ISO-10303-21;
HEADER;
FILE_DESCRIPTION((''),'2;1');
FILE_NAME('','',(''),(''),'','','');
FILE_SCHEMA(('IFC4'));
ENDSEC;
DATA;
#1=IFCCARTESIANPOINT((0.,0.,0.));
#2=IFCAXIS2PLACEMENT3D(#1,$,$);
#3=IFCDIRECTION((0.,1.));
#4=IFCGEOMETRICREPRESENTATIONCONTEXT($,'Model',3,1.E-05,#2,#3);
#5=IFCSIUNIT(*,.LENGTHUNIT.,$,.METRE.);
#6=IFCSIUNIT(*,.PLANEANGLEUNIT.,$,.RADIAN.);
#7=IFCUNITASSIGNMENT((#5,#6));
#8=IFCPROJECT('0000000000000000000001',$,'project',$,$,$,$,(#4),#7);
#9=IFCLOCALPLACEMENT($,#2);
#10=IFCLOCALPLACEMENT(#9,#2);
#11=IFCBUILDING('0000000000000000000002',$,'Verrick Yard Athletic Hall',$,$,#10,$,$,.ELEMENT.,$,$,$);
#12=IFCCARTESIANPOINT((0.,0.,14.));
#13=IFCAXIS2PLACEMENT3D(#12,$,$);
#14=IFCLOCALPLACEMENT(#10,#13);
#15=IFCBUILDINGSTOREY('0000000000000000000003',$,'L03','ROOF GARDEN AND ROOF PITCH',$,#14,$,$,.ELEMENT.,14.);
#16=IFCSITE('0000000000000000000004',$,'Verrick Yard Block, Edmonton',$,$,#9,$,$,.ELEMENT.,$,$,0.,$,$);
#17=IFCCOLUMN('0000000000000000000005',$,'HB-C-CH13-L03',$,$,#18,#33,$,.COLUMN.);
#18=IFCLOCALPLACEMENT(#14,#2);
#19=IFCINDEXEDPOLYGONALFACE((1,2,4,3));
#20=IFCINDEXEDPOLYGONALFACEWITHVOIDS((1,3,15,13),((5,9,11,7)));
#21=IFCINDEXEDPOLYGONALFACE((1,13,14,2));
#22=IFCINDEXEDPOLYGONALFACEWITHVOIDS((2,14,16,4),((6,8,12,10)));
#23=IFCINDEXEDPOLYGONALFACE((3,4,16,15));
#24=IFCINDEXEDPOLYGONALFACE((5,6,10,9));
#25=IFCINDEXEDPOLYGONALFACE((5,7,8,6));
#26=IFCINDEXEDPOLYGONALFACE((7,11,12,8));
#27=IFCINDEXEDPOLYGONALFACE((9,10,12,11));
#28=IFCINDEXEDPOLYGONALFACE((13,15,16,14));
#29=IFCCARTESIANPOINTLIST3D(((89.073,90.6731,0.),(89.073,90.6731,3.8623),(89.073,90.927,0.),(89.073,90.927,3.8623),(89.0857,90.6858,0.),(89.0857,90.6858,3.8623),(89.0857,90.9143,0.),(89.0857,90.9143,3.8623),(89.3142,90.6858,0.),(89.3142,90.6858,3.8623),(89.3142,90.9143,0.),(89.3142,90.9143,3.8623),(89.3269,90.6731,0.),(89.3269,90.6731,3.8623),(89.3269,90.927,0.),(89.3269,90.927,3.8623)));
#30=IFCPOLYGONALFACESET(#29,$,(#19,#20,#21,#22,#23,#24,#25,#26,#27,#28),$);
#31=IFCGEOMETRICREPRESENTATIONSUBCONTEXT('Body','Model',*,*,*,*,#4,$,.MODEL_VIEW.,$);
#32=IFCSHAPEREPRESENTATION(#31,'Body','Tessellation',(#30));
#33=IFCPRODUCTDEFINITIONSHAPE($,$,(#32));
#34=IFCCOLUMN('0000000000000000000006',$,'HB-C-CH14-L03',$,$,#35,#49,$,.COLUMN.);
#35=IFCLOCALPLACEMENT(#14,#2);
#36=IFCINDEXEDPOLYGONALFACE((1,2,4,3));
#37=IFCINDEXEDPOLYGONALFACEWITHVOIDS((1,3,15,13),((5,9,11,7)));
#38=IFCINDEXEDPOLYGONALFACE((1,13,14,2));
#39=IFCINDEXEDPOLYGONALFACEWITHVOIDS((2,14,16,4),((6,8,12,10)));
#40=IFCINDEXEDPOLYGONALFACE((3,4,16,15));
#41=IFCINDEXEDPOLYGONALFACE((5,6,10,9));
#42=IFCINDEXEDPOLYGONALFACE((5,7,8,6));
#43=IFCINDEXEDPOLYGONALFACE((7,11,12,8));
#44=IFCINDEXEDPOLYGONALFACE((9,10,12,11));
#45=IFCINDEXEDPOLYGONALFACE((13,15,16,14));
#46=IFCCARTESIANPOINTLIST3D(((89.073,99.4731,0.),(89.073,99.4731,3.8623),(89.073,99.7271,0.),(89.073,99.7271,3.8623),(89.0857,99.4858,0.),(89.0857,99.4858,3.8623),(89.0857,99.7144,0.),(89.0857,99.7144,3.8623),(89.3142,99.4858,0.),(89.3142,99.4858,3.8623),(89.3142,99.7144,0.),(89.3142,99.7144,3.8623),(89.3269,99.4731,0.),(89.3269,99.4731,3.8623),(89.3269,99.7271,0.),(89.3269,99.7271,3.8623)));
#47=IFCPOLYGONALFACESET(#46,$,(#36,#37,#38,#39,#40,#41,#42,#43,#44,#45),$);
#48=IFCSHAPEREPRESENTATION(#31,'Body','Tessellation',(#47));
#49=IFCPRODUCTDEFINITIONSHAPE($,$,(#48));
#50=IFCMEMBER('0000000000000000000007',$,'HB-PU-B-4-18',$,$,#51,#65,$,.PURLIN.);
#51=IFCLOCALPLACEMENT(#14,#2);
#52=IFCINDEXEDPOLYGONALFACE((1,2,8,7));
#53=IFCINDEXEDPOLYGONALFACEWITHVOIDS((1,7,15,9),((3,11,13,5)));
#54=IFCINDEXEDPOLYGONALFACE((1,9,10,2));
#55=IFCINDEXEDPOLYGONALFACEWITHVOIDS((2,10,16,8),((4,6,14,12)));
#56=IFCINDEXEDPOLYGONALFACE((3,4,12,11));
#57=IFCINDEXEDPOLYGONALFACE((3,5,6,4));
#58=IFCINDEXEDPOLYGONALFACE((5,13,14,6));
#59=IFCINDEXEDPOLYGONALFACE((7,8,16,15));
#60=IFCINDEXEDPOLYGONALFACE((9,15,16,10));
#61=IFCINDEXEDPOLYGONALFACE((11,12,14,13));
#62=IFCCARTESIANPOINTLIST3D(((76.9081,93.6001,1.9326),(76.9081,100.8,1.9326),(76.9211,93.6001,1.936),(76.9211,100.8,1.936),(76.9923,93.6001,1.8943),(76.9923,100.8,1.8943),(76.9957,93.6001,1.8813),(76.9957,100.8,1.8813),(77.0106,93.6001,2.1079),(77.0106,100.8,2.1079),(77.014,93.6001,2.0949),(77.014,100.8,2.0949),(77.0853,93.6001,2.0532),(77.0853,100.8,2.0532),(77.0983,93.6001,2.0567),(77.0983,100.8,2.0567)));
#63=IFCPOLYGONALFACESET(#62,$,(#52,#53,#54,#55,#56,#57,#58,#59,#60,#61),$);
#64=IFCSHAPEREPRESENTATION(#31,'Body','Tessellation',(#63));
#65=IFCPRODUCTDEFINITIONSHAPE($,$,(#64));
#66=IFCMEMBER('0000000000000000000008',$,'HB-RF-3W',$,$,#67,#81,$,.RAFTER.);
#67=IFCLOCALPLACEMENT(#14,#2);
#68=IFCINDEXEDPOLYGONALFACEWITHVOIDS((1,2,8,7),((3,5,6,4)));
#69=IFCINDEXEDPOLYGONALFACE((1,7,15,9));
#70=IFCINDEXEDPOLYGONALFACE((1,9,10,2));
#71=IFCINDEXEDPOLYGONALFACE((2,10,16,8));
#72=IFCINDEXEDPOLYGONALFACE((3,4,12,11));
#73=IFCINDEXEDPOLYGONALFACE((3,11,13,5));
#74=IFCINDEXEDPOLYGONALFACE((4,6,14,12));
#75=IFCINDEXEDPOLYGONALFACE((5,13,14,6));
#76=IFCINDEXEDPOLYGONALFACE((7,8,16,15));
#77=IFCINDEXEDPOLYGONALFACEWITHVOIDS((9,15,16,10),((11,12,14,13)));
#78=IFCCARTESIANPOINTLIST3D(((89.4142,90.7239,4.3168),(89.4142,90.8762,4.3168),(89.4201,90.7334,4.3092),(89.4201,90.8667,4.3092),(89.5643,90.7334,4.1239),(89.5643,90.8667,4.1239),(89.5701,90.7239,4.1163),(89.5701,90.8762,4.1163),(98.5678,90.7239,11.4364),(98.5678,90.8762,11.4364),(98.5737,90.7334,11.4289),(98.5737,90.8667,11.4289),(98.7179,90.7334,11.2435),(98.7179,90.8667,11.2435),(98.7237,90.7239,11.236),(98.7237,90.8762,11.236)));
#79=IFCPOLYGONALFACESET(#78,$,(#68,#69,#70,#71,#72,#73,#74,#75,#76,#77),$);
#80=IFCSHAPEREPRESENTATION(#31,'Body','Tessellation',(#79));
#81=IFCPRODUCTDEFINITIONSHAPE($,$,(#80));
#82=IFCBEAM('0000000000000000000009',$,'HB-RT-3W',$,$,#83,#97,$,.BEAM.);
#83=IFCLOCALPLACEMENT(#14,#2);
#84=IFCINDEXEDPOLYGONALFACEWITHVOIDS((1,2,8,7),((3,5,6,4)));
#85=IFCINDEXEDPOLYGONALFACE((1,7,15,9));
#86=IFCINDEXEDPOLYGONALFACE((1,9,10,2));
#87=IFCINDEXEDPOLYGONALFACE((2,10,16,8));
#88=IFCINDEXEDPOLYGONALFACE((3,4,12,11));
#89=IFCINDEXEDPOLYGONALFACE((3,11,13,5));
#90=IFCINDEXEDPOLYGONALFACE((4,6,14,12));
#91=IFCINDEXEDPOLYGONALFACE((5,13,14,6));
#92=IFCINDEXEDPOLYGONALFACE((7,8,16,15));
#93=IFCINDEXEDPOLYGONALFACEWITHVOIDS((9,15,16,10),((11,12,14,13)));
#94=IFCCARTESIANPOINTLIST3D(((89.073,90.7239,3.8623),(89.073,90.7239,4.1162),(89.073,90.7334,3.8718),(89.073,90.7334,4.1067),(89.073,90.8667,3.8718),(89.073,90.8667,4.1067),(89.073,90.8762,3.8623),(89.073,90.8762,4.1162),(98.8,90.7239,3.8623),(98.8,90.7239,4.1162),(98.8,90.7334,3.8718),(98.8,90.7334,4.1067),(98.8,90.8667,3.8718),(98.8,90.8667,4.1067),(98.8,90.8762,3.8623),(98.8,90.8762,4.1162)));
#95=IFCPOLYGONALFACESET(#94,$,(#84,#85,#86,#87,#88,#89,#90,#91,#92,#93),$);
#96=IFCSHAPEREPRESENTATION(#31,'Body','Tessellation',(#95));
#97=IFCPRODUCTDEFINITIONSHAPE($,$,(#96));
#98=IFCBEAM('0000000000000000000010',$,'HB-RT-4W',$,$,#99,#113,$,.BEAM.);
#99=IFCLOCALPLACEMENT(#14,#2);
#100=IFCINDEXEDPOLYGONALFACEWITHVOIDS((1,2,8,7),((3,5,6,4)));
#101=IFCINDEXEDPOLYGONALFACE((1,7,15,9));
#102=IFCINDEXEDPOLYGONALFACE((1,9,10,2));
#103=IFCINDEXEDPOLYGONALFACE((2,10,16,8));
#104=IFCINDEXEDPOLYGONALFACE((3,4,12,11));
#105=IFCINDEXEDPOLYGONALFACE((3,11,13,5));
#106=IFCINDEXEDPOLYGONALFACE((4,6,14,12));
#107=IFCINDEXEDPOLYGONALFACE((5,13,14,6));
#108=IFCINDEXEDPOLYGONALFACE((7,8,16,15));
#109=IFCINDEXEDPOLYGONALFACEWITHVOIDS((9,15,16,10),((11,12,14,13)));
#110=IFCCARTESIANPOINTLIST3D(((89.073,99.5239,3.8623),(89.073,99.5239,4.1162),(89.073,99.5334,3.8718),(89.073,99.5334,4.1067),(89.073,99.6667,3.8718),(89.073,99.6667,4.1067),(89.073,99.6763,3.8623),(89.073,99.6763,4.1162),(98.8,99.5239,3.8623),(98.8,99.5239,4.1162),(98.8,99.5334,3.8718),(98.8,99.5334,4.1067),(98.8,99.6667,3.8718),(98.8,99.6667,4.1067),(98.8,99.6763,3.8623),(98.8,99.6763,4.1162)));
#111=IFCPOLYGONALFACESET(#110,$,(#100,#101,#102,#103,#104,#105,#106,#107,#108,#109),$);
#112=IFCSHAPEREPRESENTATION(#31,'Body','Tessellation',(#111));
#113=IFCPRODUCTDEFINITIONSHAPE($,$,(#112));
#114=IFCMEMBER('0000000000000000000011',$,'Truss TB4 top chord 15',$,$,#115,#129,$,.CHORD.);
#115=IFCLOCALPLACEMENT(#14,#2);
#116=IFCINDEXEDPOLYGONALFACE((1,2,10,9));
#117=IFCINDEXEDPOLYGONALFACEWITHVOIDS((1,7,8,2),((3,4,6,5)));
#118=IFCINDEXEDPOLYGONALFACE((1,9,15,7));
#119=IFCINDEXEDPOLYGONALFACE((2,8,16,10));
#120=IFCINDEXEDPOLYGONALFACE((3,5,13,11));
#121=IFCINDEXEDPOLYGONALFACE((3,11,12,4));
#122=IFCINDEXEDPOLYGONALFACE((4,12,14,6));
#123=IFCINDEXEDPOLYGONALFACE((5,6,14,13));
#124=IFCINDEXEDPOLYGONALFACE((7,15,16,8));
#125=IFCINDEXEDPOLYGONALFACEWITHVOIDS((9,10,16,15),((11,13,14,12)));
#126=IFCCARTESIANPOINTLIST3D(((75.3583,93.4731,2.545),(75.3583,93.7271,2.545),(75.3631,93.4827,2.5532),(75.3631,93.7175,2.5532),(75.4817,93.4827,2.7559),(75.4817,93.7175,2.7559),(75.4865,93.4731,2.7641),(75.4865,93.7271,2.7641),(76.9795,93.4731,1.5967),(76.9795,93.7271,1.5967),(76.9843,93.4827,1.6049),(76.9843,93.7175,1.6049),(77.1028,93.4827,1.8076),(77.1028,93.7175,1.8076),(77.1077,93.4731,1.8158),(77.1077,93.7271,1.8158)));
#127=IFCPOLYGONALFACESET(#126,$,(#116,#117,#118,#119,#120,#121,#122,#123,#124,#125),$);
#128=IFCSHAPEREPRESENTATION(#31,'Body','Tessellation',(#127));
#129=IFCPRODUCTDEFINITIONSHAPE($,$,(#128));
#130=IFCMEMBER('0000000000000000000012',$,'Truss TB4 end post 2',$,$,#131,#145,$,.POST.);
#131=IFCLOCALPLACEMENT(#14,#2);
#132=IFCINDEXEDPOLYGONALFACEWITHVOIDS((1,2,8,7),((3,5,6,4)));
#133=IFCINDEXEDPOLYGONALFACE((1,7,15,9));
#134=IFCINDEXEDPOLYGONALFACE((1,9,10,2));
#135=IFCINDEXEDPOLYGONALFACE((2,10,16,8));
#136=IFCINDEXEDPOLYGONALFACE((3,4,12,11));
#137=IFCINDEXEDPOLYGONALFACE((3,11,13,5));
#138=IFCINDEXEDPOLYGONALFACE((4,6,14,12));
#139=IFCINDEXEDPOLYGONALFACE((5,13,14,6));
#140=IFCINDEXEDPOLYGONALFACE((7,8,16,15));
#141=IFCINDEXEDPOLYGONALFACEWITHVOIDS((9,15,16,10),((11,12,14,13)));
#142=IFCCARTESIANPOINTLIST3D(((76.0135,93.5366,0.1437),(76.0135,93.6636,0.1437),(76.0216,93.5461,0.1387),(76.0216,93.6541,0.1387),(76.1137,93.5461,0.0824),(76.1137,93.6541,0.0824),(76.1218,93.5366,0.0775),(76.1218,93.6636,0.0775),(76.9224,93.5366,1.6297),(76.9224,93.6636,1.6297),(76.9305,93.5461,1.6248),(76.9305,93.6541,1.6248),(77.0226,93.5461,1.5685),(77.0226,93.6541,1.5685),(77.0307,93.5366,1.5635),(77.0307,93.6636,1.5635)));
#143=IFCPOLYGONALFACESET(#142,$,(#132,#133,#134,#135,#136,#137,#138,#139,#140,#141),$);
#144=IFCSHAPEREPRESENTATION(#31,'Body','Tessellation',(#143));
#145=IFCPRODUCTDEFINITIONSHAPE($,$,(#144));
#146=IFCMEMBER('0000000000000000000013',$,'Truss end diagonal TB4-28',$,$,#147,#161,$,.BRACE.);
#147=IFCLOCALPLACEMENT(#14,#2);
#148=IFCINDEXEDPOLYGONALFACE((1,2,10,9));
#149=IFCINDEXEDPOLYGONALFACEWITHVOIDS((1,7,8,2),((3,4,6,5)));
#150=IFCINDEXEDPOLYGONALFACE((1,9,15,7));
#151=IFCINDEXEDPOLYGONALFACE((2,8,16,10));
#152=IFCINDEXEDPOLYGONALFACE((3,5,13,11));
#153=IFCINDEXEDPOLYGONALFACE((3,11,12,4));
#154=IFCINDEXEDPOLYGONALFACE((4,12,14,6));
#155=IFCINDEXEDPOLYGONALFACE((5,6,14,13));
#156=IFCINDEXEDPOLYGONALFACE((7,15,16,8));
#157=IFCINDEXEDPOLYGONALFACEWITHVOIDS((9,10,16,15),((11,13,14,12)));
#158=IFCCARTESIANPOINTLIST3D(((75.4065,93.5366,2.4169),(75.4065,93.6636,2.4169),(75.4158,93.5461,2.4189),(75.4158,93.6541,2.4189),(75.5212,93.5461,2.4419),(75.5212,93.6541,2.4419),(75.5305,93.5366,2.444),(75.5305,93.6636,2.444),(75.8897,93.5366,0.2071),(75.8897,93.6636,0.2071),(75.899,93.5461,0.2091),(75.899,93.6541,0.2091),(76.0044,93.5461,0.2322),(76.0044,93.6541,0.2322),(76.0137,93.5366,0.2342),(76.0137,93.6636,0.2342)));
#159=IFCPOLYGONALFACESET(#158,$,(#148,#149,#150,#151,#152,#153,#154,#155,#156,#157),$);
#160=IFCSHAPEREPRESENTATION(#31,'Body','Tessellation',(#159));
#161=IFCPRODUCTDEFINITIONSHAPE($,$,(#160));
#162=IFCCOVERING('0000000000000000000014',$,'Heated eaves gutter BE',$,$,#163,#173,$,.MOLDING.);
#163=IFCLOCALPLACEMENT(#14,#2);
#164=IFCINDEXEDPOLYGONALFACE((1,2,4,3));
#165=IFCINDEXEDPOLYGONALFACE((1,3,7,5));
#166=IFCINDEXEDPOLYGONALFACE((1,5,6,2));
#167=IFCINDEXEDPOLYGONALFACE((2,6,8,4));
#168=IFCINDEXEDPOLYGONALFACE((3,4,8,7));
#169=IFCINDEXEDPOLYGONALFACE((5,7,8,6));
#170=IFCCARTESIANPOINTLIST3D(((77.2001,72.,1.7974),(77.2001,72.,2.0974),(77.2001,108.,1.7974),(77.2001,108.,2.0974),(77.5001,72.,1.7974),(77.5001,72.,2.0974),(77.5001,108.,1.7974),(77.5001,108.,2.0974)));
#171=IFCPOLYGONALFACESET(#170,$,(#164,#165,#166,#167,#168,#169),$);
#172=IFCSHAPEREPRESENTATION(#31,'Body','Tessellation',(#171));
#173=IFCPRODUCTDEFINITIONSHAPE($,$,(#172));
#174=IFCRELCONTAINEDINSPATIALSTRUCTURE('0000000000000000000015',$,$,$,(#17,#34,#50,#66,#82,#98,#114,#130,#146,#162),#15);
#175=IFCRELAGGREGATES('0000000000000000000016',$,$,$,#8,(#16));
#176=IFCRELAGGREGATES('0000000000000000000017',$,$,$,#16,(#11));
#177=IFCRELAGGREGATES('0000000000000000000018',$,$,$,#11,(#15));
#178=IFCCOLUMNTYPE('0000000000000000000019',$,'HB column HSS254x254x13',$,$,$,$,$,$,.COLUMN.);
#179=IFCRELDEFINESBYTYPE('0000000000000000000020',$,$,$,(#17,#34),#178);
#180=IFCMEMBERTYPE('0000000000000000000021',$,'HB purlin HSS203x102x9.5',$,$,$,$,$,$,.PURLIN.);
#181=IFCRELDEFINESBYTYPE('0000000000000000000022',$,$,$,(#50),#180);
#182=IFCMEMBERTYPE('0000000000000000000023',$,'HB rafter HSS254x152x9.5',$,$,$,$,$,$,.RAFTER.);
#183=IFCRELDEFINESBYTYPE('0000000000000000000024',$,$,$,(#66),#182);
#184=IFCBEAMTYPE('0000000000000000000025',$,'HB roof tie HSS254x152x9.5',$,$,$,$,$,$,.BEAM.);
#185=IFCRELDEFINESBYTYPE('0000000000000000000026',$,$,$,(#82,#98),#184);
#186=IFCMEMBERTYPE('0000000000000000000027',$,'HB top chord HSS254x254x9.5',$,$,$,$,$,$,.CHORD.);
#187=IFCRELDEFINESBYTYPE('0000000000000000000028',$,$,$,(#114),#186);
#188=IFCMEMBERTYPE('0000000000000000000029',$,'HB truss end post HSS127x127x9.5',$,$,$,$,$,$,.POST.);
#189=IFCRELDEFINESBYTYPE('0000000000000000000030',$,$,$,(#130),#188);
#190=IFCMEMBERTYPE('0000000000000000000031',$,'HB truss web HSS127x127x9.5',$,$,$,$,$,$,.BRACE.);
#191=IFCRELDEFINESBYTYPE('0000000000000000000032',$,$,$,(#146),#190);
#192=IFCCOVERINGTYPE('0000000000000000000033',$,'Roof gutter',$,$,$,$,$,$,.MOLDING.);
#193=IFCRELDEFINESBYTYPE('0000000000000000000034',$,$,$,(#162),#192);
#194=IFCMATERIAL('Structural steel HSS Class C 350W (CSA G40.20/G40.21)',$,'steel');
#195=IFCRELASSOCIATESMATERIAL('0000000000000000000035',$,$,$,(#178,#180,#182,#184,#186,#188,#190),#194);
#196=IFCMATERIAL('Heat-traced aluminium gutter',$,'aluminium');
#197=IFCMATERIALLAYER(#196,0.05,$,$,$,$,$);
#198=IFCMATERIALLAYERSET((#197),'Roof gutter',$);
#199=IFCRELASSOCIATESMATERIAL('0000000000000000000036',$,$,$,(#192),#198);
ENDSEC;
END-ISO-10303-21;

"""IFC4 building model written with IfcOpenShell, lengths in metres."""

from ifc_helpers import new_model, si_unit, direction, frame, origin, origin_2d, place, context, subcontext, project, spatial, rectangle, hollow_rectangle, extrude, material, layer, layer_set, material_profile, profile_set, type_object, element, save


model = new_model("IFC4")

# Units and contexts
model_context = context("Model", 3, precision=1e-05, world=origin(), true_north=direction((0.0, 1.0)))
body_context = subcontext(model_context, "Body", "Model", "MODEL_VIEW")
ifc_project = project(units=[si_unit("LENGTHUNIT", "METRE"), si_unit("PLANEANGLEUNIT", "RADIAN")], contexts=[model_context])

# Site, building, storey
site_placement = place(None, origin())
site = spatial("IfcSite", under=ifc_project, at=site_placement, Name="Verrick Yard Block, Edmonton", CompositionType="ELEMENT", RefElevation=0.0)
building_placement = place(site_placement, origin())
building = spatial("IfcBuilding", under=site, at=building_placement, Name="Verrick Yard Athletic Hall", CompositionType="ELEMENT")
storey_placement = place(building_placement, frame((0.0, 0.0, 14.0)))
storey = spatial("IfcBuildingStorey", under=building, at=storey_placement, Name="L03", Description="ROOF GARDEN AND ROOF PITCH", CompositionType="ELEMENT", Elevation=14.0)

# Columns
ifc_material_1 = material(Name="Structural steel HSS Class C 350W (CSA G40.20/G40.21)", Category="steel")
ifc_material_profile_1 = material_profile(ifc_material_1, hollow_rectangle(XDim=0.2539, YDim=0.2539, WallThickness=0.0127, at=origin_2d()), Name="HSS254x254x13")
ifc_profile_set_1 = profile_set([ifc_material_profile_1], Name="Structural steel HSS Class C 350W (CSA G40.20/G40.21)")
column_type = type_object("IfcColumnType", Name="HB column HSS254x254x13", PredefinedType="COLUMN", material=ifc_profile_set_1)
for number, where, z_axis, x_axis, name in (
    (1, (89.2, 90.8, 0.0), (0.0, 0.0, 1.0), (1.0, 0.0, 0.0), "HB-C-CH13-L03"),
    (2, (89.2, 99.6001, 0.0), (0.0, 0.0, 1.0), (1.0, 0.0, 0.0), "HB-C-CH14-L03"),
):
    element("IfcColumn", number, at=place(storey_placement, frame(where, z_axis=z_axis, x_axis=x_axis)), inside=storey, type_object=column_type, Name=name, PredefinedType="COLUMN", context=body_context, shape_type="SweptSolid", body=[
        extrude(hollow_rectangle(XDim=0.2539, YDim=0.2539, WallThickness=0.0127, at=origin_2d()), origin(), (0.0, 0.0, 1.0), 3.8623),
    ])

# Members
ifc_material_profile_2 = material_profile(ifc_material_1, hollow_rectangle(XDim=0.1016, YDim=0.2031, WallThickness=0.0095, at=origin_2d()), Name="HSS203x102x9.5")
ifc_profile_set_2 = profile_set([ifc_material_profile_2], Name="Structural steel HSS Class C 350W (CSA G40.20/G40.21)")
member_type_1 = type_object("IfcMemberType", Name="HB purlin HSS203x102x9.5", PredefinedType="PURLIN", material=ifc_profile_set_2)
member_1_placement = place(storey_placement, frame((77.0032, 93.6001, 1.9946), z_axis=(0.0, 1.0, 0.0), x_axis=(-0.863168, 0.0, 0.504917)))
element("IfcMember", 3, at=member_1_placement, inside=storey, type_object=member_type_1, Name="HB-PU-B-4-18", PredefinedType="PURLIN", context=body_context, shape_type="SweptSolid", body=[
    extrude(hollow_rectangle(XDim=0.1016, YDim=0.2031, WallThickness=0.0095, at=origin_2d()), origin(), (0.0, 0.0, 1.0), 7.2),
])
ifc_material_profile_3 = material_profile(ifc_material_1, hollow_rectangle(XDim=0.1523, YDim=0.2539, WallThickness=0.0095, at=origin_2d()), Name="HSS254x152x9.5")
ifc_profile_set_3 = profile_set([ifc_material_profile_3], Name="Structural steel HSS Class C 350W (CSA G40.20/G40.21)")
member_type_2 = type_object("IfcMemberType", Name="HB rafter HSS254x152x9.5", PredefinedType="RAFTER", material=ifc_profile_set_3)
member_2_placement = place(storey_placement, frame((89.4922, 90.8, 4.2166), z_axis=(0.789344, 0.0, 0.613951), x_axis=(0.0, 1.0, 0.0)))
element("IfcMember", 4, at=member_2_placement, inside=storey, type_object=member_type_2, Name="HB-RF-3W", PredefinedType="RAFTER", context=body_context, shape_type="SweptSolid", body=[
    extrude(hollow_rectangle(XDim=0.1523, YDim=0.2539, WallThickness=0.0095, at=origin_2d()), origin(), (0.0, 0.0, 1.0), 11.5964),
])

# Beams
ifc_material_profile_4 = material_profile(ifc_material_1, hollow_rectangle(XDim=0.1523, YDim=0.2539, WallThickness=0.0095, at=origin_2d()), Name="HSS254x152x9.5")
ifc_profile_set_4 = profile_set([ifc_material_profile_4], Name="Structural steel HSS Class C 350W (CSA G40.20/G40.21)")
beam_type = type_object("IfcBeamType", Name="HB roof tie HSS254x152x9.5", PredefinedType="BEAM", material=ifc_profile_set_4)
for number, where, z_axis, x_axis, name in (
    (5, (89.073, 90.8, 3.9893), (1.0, 0.0, 0.0), (0.0, 1.0, 0.0), "HB-RT-3W"),
    (6, (89.073, 99.6001, 3.9893), (1.0, 0.0, 0.0), (0.0, 1.0, 0.0), "HB-RT-4W"),
):
    element("IfcBeam", number, at=place(storey_placement, frame(where, z_axis=z_axis, x_axis=x_axis)), inside=storey, type_object=beam_type, Name=name, PredefinedType="BEAM", context=body_context, shape_type="SweptSolid", body=[
        extrude(hollow_rectangle(XDim=0.1523, YDim=0.2539, WallThickness=0.0095, at=origin_2d()), origin(), (0.0, 0.0, 1.0), 9.7271),
    ])

# Members
ifc_material_profile_5 = material_profile(ifc_material_1, hollow_rectangle(XDim=0.2539, YDim=0.2539, WallThickness=0.0095, at=origin_2d()), Name="HSS254x254x9.5")
ifc_profile_set_5 = profile_set([ifc_material_profile_5], Name="Structural steel HSS Class C 350W (CSA G40.20/G40.21)")
member_type_3 = type_object("IfcMemberType", Name="HB top chord HSS254x254x9.5", PredefinedType="CHORD", material=ifc_profile_set_5)
member_3_placement = place(storey_placement, frame((75.4224, 93.6001, 2.6545), z_axis=(0.863175, 0.0, -0.504905), x_axis=(0.0, 1.0, 0.0)))
element("IfcMember", 7, at=member_3_placement, inside=storey, type_object=member_type_3, Name="Truss TB4 top chord 15", PredefinedType="CHORD", context=body_context, shape_type="SweptSolid", body=[
    extrude(hollow_rectangle(XDim=0.2539, YDim=0.2539, WallThickness=0.0095, at=origin_2d()), origin(), (0.0, 0.0, 1.0), 1.8782),
])
ifc_material_profile_6 = material_profile(ifc_material_1, hollow_rectangle(XDim=0.127, YDim=0.127, WallThickness=0.0095, at=origin_2d()), Name="HSS127x127x9.5")
ifc_profile_set_6 = profile_set([ifc_material_profile_6], Name="Structural steel HSS Class C 350W (CSA G40.20/G40.21)")
member_type_4 = type_object("IfcMemberType", Name="HB truss end post HSS127x127x9.5", PredefinedType="POST", material=ifc_profile_set_6)
member_4_placement = place(storey_placement, frame((76.0676, 93.6001, 0.1106), z_axis=(0.521773, 0.0, 0.853084), x_axis=(0.0, 1.0, 0.0)))
element("IfcMember", 8, at=member_4_placement, inside=storey, type_object=member_type_4, Name="Truss TB4 end post 2", PredefinedType="POST", context=body_context, shape_type="SweptSolid", body=[
    extrude(hollow_rectangle(XDim=0.127, YDim=0.127, WallThickness=0.0095, at=origin_2d()), origin(), (0.0, 0.0, 1.0), 1.7419),
])
ifc_material_profile_7 = material_profile(ifc_material_1, hollow_rectangle(XDim=0.127, YDim=0.127, WallThickness=0.0095, at=origin_2d()), Name="HSS127x127x9.5")
ifc_profile_set_7 = profile_set([ifc_material_profile_7], Name="Structural steel HSS Class C 350W (CSA G40.20/G40.21)")
member_type_5 = type_object("IfcMemberType", Name="HB truss web HSS127x127x9.5", PredefinedType="BRACE", material=ifc_profile_set_7)
member_5_placement = place(storey_placement, frame((75.4685, 93.6001, 2.4304), z_axis=(0.213604, 0.0, -0.97692), x_axis=(0.0, 1.0, 0.0)))
element("IfcMember", 9, at=member_5_placement, inside=storey, type_object=member_type_5, Name="Truss end diagonal TB4-28", PredefinedType="BRACE", context=body_context, shape_type="SweptSolid", body=[
    extrude(hollow_rectangle(XDim=0.127, YDim=0.127, WallThickness=0.0095, at=origin_2d()), origin(), (0.0, 0.0, 1.0), 2.262),
])

# Covering
ifc_material_2 = material(Name="Heat-traced aluminium gutter", Category="aluminium")
ifc_layer_1 = layer(ifc_material_2, 0.05)
ifc_layer_set_1 = layer_set([ifc_layer_1], Name="Roof gutter")
covering_type_1 = type_object("IfcCoveringType", Name="Roof gutter", PredefinedType="MOLDING", material=ifc_layer_set_1)
covering_1_placement = place(storey_placement, frame((77.3501, 90.0, 1.7974), z_axis=(0.0, 0.0, 1.0), x_axis=(1.0, 0.0, 0.0)))
element("IfcCovering", 10, at=covering_1_placement, inside=storey, type_object=covering_type_1, Name="Heated eaves gutter BE", PredefinedType="MOLDING", context=body_context, shape_type="SweptSolid", body=[
    extrude(rectangle(XDim=0.3, YDim=36.0, at=origin_2d()), origin(), (0.0, 0.0, 1.0), 0.3),
])

save(model, "model.ifc")
